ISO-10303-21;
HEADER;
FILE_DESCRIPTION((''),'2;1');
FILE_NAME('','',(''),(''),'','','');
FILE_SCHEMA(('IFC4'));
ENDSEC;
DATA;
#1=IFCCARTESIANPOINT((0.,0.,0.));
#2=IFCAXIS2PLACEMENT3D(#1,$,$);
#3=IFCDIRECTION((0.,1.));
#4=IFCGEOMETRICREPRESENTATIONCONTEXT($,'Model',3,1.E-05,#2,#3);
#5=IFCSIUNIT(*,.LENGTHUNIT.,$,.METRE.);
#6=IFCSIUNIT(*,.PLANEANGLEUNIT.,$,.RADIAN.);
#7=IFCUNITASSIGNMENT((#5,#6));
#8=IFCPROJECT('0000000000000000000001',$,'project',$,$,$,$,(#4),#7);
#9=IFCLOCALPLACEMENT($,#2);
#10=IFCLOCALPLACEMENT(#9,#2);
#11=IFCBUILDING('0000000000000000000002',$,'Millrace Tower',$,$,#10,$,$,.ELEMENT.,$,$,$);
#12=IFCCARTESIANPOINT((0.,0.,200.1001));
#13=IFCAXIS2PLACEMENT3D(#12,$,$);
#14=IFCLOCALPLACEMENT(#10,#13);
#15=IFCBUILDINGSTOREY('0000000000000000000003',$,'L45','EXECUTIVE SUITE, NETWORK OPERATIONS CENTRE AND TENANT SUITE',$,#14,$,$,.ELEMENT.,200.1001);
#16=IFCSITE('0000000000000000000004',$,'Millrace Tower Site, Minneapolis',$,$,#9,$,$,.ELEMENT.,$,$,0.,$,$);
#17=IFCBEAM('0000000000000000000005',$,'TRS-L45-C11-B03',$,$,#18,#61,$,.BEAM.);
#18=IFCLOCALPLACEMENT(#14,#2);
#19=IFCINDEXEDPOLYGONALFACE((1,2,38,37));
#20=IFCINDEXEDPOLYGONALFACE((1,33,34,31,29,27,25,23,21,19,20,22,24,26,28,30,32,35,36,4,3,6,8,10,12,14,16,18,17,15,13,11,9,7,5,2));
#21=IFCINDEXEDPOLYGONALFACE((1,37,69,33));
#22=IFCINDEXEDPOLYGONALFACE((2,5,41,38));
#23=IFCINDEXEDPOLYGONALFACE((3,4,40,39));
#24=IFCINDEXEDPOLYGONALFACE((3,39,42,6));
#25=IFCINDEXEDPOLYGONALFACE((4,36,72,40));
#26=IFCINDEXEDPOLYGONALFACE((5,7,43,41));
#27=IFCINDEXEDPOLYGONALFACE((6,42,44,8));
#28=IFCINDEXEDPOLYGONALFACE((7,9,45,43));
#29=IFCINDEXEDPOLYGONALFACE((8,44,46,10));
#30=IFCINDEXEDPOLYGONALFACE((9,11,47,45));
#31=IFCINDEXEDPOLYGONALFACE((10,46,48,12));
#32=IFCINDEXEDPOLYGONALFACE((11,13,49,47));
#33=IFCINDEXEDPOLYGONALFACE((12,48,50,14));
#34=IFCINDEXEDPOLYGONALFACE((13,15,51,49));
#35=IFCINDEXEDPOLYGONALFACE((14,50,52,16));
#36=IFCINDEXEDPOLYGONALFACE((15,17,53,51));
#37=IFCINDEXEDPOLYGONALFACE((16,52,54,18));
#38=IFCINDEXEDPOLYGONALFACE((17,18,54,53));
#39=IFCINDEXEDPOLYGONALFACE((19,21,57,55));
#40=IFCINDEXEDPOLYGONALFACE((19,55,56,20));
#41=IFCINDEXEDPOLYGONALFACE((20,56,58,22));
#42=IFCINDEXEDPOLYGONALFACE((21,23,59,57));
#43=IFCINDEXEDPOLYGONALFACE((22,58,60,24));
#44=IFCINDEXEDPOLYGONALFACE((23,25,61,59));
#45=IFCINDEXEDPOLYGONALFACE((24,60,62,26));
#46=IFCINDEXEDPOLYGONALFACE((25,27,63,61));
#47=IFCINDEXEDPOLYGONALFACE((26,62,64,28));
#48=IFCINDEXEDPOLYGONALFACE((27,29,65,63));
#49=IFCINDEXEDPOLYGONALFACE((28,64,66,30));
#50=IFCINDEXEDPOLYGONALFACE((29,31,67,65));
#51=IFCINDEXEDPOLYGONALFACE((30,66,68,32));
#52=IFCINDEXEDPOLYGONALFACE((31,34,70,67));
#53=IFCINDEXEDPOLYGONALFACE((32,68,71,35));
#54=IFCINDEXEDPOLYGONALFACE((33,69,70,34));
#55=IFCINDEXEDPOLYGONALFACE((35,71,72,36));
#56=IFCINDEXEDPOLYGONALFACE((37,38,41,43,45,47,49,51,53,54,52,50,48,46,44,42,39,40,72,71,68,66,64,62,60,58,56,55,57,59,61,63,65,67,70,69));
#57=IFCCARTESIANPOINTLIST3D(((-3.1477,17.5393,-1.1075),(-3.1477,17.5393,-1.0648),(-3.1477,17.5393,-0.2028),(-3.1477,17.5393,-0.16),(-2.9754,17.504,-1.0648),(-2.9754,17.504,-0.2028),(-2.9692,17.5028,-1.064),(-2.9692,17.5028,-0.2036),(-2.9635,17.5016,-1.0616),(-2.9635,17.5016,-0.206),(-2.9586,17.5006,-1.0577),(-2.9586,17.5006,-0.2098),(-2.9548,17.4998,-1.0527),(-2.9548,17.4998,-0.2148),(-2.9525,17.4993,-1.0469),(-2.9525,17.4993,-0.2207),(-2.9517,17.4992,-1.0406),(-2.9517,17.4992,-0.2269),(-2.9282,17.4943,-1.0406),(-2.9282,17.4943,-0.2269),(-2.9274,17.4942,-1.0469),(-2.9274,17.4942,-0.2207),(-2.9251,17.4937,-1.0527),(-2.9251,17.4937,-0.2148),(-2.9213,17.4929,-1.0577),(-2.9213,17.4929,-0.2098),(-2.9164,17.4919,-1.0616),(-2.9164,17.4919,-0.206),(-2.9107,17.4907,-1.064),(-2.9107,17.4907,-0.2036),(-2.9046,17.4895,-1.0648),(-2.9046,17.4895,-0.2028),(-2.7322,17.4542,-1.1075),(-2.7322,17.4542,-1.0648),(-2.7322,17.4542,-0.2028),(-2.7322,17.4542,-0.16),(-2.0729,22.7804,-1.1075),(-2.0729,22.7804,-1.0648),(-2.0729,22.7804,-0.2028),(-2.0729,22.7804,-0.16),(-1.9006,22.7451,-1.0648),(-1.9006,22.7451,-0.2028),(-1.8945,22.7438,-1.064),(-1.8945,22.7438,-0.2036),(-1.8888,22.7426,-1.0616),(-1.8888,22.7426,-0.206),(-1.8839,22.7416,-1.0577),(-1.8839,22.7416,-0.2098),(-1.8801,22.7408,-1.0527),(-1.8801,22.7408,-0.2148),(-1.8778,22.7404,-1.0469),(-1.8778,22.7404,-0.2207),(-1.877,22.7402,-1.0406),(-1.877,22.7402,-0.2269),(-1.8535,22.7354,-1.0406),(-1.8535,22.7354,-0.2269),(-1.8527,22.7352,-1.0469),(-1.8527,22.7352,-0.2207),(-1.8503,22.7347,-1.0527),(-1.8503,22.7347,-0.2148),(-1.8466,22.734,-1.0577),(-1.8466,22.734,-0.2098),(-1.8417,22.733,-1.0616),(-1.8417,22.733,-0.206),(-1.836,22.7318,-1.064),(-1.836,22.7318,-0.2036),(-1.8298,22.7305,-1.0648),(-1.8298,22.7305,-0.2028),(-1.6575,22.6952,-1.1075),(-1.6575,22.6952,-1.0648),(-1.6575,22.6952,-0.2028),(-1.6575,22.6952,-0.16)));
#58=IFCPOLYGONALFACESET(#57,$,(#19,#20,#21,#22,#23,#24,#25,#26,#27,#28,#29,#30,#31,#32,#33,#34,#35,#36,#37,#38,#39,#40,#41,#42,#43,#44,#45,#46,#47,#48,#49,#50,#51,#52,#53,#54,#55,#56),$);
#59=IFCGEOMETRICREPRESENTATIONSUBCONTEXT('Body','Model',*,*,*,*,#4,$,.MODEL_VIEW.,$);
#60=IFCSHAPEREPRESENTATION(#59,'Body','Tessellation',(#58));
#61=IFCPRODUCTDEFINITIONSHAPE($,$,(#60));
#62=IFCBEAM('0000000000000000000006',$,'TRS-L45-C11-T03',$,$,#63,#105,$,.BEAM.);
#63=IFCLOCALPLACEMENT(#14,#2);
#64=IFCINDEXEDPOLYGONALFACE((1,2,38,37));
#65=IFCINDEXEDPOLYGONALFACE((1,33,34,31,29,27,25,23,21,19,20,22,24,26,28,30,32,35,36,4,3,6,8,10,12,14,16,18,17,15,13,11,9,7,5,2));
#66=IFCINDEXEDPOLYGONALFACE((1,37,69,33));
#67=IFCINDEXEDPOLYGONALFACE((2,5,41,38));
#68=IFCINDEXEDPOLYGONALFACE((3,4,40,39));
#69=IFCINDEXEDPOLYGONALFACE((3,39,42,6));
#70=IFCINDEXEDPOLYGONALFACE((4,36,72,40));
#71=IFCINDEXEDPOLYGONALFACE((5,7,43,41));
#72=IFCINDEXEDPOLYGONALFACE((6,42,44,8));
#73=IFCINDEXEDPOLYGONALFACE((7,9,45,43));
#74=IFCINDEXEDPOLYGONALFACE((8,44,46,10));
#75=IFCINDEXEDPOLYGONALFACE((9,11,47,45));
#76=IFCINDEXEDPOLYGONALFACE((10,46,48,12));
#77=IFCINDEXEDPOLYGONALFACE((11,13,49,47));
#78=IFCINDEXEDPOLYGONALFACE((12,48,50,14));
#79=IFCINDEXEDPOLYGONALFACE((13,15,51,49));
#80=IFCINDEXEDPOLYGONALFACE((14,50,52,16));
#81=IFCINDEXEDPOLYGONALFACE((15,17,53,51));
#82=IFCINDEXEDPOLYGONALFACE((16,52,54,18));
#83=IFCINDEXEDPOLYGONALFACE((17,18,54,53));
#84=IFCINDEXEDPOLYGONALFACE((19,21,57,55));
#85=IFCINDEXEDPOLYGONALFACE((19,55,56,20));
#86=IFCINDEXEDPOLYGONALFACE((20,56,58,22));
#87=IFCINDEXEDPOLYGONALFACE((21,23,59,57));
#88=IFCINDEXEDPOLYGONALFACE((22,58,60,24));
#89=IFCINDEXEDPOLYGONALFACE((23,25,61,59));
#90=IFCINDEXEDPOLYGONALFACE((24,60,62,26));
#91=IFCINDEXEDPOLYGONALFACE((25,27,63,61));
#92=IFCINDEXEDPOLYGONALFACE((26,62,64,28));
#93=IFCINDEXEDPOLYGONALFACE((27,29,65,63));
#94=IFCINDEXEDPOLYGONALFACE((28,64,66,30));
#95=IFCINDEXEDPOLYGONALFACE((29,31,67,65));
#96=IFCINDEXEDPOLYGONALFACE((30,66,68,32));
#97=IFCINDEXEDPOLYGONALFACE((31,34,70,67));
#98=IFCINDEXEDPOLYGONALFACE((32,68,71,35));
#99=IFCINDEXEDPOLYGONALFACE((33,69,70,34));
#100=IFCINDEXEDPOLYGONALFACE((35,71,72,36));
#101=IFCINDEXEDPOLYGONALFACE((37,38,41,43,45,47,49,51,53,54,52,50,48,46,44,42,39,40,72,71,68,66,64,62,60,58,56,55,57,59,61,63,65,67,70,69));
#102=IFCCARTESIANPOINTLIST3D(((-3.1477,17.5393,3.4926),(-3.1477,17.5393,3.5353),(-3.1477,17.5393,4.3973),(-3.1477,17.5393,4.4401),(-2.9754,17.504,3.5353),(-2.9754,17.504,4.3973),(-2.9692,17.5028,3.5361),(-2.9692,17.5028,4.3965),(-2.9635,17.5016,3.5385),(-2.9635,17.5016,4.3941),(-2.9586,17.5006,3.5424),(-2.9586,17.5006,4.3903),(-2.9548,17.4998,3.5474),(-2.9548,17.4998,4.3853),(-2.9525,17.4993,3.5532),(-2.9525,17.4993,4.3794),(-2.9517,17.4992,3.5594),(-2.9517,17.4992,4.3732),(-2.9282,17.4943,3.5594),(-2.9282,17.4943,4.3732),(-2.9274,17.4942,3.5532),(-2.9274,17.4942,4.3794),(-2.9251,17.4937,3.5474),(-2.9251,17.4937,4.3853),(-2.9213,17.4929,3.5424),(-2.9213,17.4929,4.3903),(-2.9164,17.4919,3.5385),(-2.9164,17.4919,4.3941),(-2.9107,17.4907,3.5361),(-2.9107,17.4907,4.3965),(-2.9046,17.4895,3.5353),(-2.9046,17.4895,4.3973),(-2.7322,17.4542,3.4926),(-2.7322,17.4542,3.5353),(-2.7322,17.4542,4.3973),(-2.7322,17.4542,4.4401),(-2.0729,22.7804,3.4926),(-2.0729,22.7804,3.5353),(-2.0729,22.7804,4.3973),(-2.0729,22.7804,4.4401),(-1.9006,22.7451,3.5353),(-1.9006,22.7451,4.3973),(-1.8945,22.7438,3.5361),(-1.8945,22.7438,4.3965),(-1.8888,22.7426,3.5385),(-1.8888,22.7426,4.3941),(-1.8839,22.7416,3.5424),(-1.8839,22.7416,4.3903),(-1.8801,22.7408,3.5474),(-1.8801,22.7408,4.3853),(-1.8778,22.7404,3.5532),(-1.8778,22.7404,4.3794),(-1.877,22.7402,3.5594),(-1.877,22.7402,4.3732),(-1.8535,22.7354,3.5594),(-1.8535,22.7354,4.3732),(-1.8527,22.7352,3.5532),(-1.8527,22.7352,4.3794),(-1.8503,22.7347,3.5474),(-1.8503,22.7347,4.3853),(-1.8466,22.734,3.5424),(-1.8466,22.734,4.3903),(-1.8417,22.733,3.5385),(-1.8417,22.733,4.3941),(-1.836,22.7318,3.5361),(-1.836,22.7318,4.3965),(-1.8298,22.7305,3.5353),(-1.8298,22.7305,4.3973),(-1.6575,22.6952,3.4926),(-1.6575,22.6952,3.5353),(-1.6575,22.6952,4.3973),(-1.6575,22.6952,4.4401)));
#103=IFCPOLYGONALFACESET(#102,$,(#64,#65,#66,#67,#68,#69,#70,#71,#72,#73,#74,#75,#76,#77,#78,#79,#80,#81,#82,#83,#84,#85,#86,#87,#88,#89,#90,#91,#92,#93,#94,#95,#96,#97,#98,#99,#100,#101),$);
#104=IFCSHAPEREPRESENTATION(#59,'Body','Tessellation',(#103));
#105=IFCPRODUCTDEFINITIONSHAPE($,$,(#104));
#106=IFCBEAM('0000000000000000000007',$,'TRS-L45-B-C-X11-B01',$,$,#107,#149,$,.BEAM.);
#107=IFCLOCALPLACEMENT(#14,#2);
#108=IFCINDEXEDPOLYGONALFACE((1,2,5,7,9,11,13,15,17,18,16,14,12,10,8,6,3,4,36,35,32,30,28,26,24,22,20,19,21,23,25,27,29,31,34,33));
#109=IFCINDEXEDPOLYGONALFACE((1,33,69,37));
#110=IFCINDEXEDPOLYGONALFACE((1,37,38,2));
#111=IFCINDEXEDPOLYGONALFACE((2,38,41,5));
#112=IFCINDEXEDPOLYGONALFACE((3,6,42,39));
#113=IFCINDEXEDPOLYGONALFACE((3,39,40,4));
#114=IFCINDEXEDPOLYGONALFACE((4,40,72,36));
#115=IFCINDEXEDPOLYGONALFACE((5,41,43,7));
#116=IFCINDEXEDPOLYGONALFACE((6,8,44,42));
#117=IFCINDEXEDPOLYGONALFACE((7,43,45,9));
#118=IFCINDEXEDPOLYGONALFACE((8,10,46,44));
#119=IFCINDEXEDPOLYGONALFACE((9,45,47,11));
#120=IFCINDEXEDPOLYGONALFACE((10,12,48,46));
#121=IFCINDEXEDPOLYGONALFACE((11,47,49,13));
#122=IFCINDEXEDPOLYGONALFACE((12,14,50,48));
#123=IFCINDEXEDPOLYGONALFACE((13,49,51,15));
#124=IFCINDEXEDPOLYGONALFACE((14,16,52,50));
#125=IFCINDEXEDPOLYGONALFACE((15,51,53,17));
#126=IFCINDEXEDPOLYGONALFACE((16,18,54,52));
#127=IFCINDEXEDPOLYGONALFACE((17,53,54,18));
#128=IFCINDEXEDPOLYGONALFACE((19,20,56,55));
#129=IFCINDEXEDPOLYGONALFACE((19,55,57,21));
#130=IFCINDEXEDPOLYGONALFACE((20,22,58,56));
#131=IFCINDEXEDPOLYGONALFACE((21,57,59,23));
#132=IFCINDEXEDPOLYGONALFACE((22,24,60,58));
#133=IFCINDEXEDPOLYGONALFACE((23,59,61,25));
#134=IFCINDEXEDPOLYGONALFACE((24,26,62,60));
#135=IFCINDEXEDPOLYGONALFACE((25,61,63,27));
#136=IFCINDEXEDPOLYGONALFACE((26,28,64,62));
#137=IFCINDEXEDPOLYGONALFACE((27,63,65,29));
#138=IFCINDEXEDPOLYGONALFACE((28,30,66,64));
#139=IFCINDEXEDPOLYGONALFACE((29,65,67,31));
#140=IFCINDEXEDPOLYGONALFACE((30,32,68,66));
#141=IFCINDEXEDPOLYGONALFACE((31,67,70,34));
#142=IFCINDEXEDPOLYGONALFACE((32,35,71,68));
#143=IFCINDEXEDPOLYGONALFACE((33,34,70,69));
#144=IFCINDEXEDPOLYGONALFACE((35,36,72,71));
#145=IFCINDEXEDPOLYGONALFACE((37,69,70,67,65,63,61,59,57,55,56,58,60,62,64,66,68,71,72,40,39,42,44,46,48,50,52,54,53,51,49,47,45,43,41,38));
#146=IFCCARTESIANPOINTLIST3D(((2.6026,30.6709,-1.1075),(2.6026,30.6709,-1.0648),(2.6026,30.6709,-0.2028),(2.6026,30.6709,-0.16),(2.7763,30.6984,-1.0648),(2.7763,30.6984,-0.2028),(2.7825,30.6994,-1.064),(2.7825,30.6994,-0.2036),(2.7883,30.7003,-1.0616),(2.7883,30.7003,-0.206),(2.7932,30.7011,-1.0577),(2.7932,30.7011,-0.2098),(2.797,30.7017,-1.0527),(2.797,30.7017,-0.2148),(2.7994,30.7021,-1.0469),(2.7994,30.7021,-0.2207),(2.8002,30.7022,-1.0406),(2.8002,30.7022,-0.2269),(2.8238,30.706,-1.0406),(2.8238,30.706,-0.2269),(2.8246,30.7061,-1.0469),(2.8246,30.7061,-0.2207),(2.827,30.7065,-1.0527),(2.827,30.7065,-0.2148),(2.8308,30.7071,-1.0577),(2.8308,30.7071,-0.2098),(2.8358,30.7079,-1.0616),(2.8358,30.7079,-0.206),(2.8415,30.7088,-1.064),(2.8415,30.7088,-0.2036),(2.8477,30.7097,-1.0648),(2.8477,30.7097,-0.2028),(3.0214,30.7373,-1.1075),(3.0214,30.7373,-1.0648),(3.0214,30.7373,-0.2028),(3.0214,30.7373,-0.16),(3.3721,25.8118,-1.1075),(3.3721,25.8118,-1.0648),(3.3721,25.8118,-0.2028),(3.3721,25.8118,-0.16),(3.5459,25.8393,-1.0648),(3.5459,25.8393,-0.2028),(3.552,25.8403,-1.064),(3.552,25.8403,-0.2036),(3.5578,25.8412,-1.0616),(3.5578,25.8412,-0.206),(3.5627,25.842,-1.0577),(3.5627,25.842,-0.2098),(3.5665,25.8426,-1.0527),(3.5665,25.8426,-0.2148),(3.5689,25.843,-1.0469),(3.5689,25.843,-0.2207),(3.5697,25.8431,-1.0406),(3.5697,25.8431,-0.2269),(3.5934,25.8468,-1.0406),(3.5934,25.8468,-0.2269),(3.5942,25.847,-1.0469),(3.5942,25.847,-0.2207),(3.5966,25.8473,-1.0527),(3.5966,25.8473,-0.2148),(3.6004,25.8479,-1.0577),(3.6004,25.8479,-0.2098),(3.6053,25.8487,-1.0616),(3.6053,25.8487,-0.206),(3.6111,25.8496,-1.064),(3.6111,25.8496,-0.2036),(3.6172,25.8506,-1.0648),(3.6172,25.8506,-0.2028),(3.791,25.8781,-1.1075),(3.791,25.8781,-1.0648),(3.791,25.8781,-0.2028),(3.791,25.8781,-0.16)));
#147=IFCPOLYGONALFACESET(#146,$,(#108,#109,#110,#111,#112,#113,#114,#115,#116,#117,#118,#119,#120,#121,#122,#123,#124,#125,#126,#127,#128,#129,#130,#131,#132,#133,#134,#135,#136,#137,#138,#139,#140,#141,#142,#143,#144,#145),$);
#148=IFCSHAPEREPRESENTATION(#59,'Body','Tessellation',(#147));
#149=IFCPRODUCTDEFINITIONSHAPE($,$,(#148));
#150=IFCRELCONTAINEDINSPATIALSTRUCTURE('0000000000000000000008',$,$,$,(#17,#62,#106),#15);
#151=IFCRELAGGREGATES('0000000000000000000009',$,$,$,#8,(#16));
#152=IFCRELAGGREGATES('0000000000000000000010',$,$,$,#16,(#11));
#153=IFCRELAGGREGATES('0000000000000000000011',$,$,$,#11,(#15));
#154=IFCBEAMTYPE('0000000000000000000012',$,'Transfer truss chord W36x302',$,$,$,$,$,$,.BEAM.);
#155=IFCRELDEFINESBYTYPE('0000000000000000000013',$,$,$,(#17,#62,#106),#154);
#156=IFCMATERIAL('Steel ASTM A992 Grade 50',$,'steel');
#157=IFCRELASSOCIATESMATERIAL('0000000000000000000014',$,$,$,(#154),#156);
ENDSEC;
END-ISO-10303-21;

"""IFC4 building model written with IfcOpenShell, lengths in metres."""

from ifc_helpers import new_model, si_unit, direction, frame, origin, origin_2d, place, context, subcontext, project, spatial, i_section, extrude, material, material_profile, profile_set, type_object, element, save


model = new_model("IFC4")

# Units and contexts
model_context = context("Model", 3, precision=1e-05, world=origin(), true_north=direction((0.0, 1.0)))
body_context = subcontext(model_context, "Body", "Model", "MODEL_VIEW")
ifc_project = project(units=[si_unit("LENGTHUNIT", "METRE"), si_unit("PLANEANGLEUNIT", "RADIAN")], contexts=[model_context])

# Site, building, storey
site_placement = place(None, origin())
site = spatial("IfcSite", under=ifc_project, at=site_placement, Name="Millrace Tower Site, Minneapolis", CompositionType="ELEMENT", RefElevation=0.0)
building_placement = place(site_placement, origin())
building = spatial("IfcBuilding", under=site, at=building_placement, Name="Millrace Tower", CompositionType="ELEMENT")
storey_placement = place(building_placement, frame((0.0, 0.0, 200.1001)))
storey = spatial("IfcBuildingStorey", under=building, at=storey_placement, Name="L45", Description="EXECUTIVE SUITE, NETWORK OPERATIONS CENTRE AND TENANT SUITE", CompositionType="ELEMENT", Elevation=200.1001)

# Beams
ifc_material_1 = material(Name="Steel ASTM A992 Grade 50", Category="steel")
ifc_material_profile_1 = material_profile(ifc_material_1, i_section(OverallWidth=0.4241, OverallDepth=0.9475, WebThickness=0.0239, FlangeThickness=0.0427, FilletRadius=0.0242, at=origin_2d()))
ifc_profile_set_1 = profile_set([ifc_material_profile_1], Name="Steel ASTM A992 Grade 50")
beam_type_1 = type_object("IfcBeamType", Name="Transfer truss chord W36x302", PredefinedType="BEAM", material=ifc_profile_set_1)
for number, where, z_axis, x_axis, name in (
    (1, (-1.8652, 22.7378, -0.6338), (-0.200879, -0.979616, 0.0), (0.979616, -0.200879, 0.0), "TRS-L45-C11-B03"),
    (2, (-1.8652, 22.7378, 3.9663), (-0.200879, -0.979616, 0.0), (0.979616, -0.200879, 0.0), "TRS-L45-C11-T03"),
):
    element("IfcBeam", number, at=place(storey_placement, frame(where, z_axis=z_axis, x_axis=x_axis)), inside=storey, type_object=beam_type_1, Name=name, PredefinedType="BEAM", context=body_context, shape_type="SweptSolid", body=[
        extrude(i_section(OverallWidth=0.4241, OverallDepth=0.9475, WebThickness=0.0239, FlangeThickness=0.0427, FilletRadius=0.0242, at=origin_2d()), origin(), (0.0, 0.0, 1.0), 5.3501),
    ])
beam_1_placement = place(storey_placement, frame((3.5815, 25.845, -0.6338), z_axis=(-0.156419, 0.987691, 0.0), x_axis=(-0.987691, -0.156419, 0.0)))
element("IfcBeam", 3, at=beam_1_placement, inside=storey, type_object=beam_type_1, Name="TRS-L45-B-C-X11-B01", PredefinedType="BEAM", context=body_context, shape_type="SweptSolid", body=[
    extrude(i_section(OverallWidth=0.4241, OverallDepth=0.9475, WebThickness=0.0239, FlangeThickness=0.0427, FilletRadius=0.0242, at=origin_2d()), origin(), (0.0, 0.0, 1.0), 4.9197),
])

save(model, "model.ifc")
